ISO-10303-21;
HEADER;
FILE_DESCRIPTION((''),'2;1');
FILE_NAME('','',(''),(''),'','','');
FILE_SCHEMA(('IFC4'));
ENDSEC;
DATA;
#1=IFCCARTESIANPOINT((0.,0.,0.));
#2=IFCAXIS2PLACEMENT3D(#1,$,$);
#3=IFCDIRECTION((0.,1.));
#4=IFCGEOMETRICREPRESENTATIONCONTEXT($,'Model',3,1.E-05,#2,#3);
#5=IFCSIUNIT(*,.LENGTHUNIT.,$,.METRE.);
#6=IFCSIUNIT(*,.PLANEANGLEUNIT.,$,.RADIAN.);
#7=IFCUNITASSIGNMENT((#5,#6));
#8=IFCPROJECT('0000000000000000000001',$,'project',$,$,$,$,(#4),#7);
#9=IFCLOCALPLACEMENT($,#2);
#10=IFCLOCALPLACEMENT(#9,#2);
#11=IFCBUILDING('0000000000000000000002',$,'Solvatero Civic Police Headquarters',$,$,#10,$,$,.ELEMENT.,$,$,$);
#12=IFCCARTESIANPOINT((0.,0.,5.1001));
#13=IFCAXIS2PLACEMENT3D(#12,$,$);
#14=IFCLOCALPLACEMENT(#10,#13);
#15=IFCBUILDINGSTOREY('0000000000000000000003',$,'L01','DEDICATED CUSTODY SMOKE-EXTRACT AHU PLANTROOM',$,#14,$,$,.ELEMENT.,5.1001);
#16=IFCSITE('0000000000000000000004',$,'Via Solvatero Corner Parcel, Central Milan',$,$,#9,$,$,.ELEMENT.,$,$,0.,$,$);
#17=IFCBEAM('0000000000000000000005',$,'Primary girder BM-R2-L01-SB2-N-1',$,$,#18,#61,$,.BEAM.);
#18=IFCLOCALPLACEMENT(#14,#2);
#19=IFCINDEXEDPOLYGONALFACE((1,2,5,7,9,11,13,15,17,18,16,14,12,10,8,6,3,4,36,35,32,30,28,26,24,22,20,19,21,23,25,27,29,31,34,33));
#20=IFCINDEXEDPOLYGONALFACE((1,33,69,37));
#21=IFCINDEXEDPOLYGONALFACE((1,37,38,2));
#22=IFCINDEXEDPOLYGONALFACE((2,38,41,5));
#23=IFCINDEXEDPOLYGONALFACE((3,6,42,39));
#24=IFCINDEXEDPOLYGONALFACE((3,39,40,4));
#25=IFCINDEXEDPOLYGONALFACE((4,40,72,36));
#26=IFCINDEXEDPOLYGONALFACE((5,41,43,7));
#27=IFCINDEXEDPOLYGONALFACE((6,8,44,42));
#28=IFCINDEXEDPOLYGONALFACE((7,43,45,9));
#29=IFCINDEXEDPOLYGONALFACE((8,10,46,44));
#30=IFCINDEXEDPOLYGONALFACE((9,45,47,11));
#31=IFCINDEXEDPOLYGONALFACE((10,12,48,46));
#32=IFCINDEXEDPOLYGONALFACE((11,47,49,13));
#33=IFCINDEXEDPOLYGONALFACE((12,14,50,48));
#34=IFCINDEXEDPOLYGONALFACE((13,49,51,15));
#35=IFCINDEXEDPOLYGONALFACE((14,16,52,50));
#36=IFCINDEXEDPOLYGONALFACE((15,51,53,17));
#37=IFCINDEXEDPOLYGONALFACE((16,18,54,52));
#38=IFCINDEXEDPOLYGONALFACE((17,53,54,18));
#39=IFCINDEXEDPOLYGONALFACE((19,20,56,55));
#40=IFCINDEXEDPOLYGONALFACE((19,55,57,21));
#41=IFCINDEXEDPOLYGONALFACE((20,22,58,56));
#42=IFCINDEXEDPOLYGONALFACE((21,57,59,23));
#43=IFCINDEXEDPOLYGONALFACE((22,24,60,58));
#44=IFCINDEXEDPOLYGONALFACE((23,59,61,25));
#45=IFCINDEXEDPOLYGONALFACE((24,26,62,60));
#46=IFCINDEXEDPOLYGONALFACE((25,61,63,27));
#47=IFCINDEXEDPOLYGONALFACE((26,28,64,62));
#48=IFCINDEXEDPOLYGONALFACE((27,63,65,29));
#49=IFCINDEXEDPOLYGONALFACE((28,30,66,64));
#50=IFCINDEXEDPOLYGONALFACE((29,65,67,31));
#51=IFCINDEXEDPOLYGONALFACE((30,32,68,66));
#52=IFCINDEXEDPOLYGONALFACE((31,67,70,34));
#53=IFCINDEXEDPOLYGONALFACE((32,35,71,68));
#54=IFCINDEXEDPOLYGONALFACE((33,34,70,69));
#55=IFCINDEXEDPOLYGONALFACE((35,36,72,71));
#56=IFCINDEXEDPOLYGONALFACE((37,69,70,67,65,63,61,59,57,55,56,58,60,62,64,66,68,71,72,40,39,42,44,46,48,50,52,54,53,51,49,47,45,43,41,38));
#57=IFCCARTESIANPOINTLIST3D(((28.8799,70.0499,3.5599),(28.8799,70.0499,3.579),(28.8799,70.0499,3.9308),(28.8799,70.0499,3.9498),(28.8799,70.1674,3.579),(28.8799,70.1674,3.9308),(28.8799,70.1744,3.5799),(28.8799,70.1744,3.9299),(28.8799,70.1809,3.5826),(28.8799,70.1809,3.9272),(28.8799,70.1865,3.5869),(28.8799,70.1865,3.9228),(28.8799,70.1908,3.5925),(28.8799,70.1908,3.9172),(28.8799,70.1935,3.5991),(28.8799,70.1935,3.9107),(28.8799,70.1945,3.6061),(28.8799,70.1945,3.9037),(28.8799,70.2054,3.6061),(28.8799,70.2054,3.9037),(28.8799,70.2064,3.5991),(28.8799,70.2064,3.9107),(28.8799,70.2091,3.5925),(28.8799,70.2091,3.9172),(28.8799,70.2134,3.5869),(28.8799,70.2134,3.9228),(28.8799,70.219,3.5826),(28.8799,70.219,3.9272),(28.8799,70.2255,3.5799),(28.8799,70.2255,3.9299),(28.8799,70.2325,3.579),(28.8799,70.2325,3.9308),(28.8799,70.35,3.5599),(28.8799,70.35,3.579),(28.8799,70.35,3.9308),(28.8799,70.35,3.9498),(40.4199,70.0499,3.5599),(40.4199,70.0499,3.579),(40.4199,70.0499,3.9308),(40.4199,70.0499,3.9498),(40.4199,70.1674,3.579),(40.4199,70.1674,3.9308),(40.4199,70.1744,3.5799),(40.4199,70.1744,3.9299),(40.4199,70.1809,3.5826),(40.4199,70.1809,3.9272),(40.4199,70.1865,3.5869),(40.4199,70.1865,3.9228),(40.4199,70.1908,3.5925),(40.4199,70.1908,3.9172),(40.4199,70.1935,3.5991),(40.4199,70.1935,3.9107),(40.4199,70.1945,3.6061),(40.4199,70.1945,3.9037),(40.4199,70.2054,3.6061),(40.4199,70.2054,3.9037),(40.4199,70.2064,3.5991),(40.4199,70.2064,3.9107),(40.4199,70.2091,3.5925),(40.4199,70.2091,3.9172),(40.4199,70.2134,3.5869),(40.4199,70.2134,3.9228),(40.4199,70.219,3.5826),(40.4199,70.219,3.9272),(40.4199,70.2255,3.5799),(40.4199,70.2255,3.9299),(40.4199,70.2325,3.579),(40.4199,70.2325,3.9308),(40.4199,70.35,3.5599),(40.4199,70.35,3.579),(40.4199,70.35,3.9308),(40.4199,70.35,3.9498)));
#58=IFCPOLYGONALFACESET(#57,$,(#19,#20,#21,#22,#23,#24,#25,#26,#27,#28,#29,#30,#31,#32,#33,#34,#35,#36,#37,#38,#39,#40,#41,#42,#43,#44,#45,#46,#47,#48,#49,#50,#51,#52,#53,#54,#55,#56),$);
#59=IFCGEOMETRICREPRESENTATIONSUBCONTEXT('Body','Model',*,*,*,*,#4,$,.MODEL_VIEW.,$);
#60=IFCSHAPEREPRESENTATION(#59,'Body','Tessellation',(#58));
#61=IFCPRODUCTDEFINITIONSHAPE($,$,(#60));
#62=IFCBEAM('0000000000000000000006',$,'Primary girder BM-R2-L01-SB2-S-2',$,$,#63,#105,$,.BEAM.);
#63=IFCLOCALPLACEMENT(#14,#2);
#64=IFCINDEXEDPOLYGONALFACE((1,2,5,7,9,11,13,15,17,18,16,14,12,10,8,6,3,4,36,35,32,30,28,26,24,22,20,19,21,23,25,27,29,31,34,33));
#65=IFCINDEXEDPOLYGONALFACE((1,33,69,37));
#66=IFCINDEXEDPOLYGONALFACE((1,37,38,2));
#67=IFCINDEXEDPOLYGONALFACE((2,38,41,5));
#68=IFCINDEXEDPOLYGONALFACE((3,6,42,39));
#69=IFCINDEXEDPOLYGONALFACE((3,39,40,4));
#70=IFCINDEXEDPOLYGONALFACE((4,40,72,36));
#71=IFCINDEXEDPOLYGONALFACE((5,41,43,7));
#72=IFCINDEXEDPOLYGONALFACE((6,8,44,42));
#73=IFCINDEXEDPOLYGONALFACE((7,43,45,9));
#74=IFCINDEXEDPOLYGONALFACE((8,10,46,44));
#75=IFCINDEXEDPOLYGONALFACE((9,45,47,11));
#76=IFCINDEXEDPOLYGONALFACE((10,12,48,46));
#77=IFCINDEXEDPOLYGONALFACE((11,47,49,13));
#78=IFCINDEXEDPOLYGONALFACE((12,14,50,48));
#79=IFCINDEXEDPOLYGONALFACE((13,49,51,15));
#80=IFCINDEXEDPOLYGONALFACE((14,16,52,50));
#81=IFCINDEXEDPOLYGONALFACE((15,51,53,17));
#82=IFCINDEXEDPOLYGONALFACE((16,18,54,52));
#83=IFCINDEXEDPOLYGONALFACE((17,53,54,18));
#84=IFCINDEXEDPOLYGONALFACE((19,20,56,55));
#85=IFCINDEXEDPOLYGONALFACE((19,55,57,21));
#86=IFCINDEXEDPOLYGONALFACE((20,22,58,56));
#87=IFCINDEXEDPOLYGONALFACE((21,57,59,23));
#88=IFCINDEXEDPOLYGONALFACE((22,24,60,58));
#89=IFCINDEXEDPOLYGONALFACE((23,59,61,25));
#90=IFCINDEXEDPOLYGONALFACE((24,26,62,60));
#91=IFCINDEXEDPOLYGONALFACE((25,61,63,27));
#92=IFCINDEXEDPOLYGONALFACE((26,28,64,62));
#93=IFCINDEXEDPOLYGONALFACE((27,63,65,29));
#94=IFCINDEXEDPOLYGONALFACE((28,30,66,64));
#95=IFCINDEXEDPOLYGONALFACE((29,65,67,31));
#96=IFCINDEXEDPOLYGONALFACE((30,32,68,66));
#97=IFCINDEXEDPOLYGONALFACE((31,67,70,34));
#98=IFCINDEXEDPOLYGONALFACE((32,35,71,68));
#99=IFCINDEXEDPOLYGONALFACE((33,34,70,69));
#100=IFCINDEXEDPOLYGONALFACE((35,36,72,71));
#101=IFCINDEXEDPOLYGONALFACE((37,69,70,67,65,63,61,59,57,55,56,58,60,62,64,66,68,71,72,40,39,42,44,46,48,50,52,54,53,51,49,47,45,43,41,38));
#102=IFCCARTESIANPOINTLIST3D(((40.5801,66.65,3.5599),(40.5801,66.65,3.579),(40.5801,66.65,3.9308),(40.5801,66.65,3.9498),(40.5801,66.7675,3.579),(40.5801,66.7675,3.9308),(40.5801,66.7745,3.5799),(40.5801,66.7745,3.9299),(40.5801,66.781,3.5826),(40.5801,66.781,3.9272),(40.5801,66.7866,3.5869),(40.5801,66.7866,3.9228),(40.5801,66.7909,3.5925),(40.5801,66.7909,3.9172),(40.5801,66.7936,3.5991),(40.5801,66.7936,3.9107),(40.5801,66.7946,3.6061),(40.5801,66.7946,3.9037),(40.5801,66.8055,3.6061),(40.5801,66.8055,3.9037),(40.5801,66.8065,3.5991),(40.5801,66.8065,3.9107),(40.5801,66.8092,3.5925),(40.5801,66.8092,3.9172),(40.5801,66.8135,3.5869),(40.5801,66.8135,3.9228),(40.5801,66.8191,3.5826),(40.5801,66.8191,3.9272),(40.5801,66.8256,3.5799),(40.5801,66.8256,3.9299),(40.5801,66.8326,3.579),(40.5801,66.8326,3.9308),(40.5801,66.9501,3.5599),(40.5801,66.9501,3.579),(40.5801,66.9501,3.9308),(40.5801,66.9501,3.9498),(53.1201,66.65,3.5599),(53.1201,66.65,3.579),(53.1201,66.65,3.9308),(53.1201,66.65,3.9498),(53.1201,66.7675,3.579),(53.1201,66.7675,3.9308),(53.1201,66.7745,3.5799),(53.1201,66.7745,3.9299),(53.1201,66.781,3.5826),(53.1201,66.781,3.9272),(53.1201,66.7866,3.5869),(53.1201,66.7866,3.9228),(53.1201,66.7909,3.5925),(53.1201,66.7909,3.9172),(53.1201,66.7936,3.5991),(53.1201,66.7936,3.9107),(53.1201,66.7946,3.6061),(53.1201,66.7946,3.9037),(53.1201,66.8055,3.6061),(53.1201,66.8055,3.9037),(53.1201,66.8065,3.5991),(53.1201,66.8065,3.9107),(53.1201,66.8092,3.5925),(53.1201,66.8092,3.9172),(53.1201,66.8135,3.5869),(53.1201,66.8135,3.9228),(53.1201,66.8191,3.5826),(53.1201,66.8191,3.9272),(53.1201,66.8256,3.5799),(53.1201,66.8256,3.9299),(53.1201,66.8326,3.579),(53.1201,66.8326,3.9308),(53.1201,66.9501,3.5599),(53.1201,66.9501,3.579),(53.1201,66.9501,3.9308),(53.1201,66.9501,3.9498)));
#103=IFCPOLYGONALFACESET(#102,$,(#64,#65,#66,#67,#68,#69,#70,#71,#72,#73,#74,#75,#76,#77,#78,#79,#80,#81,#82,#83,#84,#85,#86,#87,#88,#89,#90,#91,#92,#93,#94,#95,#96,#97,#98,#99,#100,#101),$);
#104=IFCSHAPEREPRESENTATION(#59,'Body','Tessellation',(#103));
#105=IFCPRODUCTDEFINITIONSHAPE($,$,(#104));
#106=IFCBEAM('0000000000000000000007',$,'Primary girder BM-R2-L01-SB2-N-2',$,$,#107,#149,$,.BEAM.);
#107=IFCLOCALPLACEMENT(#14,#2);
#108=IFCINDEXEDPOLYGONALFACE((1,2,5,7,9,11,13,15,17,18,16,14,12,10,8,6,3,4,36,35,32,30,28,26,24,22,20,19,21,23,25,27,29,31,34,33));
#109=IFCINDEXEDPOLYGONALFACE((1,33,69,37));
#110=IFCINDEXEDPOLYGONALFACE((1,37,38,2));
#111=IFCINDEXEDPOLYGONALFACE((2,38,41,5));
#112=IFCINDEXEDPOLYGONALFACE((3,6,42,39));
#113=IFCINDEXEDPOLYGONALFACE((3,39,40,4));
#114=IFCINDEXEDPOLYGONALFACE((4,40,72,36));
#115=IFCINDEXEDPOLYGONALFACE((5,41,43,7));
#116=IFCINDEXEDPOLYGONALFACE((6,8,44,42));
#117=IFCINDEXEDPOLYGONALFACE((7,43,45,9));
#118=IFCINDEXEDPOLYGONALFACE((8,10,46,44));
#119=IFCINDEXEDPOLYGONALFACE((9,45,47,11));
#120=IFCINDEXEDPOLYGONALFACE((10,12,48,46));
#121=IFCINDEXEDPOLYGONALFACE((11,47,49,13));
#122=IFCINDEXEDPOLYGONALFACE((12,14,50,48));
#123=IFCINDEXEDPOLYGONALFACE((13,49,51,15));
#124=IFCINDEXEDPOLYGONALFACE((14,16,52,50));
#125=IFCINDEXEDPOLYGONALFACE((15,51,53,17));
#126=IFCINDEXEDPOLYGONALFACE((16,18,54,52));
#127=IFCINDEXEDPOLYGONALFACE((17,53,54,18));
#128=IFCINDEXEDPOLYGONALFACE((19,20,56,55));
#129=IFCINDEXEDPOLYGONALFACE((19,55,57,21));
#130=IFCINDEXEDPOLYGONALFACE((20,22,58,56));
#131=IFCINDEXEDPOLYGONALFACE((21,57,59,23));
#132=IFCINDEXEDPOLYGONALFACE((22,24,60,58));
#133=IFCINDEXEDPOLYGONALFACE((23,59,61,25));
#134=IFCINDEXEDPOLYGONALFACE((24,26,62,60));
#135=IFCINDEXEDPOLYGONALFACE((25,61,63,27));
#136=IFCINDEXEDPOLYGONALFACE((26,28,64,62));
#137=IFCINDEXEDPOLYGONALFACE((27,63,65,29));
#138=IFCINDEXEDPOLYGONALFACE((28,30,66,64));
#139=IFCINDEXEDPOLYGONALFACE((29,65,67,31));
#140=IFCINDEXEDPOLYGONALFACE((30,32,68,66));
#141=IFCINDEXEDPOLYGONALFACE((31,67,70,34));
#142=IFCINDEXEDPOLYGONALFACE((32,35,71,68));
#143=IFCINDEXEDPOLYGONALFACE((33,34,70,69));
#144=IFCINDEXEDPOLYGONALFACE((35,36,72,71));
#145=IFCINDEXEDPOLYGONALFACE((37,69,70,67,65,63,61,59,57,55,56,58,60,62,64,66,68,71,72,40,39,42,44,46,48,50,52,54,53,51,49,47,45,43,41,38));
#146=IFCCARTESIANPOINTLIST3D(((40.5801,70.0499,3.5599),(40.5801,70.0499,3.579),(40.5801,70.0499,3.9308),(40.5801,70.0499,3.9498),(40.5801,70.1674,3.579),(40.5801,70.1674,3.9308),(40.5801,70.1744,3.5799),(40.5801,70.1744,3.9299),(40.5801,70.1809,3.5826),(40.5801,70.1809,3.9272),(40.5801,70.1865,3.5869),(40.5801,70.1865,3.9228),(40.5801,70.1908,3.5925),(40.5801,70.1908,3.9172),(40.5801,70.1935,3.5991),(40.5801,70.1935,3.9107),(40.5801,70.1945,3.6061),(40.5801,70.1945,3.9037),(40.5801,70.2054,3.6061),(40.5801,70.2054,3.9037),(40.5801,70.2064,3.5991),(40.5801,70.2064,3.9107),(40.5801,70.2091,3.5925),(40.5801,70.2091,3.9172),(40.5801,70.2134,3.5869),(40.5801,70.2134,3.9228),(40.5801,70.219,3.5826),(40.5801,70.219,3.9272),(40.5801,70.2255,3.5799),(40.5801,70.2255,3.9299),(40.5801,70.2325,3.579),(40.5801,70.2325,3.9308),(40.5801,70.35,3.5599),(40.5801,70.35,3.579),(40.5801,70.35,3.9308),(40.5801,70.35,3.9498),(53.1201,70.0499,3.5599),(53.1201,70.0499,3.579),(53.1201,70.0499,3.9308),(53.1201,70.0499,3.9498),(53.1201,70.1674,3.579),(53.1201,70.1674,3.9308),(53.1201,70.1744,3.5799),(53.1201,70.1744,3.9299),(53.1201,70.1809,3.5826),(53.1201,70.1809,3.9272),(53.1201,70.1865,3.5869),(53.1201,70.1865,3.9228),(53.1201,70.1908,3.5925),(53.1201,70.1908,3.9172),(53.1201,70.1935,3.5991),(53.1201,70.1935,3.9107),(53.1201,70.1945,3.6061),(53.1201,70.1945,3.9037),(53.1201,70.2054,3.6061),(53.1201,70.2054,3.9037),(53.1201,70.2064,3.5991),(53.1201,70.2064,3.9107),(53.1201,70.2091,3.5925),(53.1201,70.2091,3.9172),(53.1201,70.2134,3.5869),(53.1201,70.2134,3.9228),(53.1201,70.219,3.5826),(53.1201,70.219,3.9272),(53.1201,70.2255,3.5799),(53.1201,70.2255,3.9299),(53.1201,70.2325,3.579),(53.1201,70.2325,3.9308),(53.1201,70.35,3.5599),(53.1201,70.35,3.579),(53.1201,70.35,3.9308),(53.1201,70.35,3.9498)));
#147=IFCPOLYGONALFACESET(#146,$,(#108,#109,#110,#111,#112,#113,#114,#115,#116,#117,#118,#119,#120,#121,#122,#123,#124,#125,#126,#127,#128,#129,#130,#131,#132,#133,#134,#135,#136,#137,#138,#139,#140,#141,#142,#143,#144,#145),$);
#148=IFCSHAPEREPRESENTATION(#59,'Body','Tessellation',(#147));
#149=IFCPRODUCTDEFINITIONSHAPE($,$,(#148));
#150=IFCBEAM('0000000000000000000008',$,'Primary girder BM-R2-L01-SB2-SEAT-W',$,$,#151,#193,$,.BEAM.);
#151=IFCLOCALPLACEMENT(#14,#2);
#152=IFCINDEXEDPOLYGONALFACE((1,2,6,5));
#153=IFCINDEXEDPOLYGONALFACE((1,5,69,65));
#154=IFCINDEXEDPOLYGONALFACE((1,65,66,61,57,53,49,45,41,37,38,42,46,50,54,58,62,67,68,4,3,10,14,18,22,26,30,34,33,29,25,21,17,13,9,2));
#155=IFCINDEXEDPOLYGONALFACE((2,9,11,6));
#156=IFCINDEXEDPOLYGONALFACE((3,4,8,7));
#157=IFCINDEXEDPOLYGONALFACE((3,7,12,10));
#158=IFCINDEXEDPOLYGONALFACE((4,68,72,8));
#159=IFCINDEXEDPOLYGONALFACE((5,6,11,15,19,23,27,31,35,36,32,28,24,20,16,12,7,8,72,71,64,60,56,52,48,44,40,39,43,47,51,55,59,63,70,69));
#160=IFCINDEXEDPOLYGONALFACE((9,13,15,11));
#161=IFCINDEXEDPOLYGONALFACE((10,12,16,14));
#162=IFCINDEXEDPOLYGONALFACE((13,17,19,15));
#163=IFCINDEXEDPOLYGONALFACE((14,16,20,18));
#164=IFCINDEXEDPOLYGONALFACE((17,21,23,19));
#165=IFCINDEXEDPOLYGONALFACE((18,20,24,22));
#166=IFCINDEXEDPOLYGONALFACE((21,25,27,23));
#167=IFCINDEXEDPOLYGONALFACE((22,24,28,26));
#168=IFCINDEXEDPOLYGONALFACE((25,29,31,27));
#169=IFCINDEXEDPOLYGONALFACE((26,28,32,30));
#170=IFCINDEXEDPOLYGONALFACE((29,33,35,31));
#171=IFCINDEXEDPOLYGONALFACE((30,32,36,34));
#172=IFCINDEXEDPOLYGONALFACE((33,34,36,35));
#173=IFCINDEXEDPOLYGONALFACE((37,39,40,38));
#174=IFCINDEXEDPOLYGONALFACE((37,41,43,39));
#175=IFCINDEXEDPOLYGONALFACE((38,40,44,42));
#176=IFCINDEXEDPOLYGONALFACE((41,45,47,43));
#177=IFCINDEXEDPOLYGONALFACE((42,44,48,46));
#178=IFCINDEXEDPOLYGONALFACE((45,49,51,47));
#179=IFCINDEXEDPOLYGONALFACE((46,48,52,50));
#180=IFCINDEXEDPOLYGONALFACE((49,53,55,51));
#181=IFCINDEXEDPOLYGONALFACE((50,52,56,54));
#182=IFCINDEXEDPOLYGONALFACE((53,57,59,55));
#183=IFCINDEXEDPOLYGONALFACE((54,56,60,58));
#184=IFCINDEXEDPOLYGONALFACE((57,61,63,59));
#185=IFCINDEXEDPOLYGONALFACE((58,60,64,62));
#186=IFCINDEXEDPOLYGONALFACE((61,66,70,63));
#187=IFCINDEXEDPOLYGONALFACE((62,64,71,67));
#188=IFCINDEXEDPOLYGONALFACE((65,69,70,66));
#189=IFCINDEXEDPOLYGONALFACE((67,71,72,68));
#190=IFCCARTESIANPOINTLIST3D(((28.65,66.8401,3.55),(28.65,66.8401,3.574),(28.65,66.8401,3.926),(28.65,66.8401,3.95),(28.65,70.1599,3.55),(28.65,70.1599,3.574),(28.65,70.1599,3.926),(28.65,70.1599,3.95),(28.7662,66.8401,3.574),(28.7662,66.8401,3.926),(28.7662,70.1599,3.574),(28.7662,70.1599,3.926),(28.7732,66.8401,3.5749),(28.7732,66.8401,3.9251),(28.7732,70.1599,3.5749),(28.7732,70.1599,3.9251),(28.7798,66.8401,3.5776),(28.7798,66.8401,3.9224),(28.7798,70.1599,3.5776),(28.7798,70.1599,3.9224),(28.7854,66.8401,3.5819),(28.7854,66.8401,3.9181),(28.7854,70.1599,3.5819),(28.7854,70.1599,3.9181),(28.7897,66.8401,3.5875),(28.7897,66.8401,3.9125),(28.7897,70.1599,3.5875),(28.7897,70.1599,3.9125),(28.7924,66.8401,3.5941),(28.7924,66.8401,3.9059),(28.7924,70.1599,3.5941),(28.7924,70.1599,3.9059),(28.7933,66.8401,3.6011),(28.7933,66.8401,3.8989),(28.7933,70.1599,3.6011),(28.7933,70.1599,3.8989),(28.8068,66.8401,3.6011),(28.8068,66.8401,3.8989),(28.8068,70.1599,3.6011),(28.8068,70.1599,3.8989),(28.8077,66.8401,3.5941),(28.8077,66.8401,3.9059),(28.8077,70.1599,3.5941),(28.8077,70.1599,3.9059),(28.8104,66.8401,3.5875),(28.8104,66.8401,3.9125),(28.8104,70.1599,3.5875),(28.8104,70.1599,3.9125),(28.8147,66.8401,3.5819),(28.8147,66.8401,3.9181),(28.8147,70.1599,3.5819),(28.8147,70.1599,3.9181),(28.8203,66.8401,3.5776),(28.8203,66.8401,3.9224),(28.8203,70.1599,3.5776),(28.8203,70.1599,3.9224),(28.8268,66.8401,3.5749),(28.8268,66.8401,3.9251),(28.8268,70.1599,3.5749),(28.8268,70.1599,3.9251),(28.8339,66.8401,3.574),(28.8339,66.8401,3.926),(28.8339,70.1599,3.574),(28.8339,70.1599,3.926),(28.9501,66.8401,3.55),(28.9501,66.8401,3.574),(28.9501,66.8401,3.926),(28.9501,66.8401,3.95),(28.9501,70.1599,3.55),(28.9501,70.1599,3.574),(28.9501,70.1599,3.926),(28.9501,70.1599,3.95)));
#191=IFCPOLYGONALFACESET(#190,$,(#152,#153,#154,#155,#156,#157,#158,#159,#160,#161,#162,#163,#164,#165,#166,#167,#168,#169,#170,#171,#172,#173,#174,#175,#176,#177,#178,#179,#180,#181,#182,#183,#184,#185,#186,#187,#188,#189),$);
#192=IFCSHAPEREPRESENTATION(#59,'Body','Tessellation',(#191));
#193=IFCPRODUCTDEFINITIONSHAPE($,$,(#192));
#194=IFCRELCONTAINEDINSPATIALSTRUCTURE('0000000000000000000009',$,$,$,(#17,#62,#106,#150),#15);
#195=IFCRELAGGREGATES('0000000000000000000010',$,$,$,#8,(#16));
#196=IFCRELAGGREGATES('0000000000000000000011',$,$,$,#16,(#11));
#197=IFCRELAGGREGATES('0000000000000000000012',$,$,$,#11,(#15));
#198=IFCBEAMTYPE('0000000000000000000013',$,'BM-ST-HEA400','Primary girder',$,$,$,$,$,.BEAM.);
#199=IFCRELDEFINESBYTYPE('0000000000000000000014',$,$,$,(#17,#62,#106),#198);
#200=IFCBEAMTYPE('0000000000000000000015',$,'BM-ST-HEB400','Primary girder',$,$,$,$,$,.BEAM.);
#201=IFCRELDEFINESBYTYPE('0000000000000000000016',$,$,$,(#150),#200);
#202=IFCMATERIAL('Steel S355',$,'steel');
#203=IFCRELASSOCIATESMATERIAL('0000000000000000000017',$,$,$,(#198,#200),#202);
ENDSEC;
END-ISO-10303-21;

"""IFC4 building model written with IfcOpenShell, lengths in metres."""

from ifc_helpers import new_model, si_unit, direction, frame, origin, origin_2d, place, context, subcontext, project, spatial, i_section, extrude, material, material_profile, profile_set, type_object, element, save


model = new_model("IFC4")

# Units and contexts
model_context = context("Model", 3, precision=1e-05, world=origin(), true_north=direction((0.0, 1.0)))
body_context = subcontext(model_context, "Body", "Model", "MODEL_VIEW")
ifc_project = project(units=[si_unit("LENGTHUNIT", "METRE"), si_unit("PLANEANGLEUNIT", "RADIAN")], contexts=[model_context])

# Site, building, storey
site_placement = place(None, origin())
site = spatial("IfcSite", under=ifc_project, at=site_placement, Name="Via Solvatero Corner Parcel, Central Milan", CompositionType="ELEMENT", RefElevation=0.0)
building_placement = place(site_placement, origin())
building = spatial("IfcBuilding", under=site, at=building_placement, Name="Solvatero Civic Police Headquarters", CompositionType="ELEMENT")
storey_placement = place(building_placement, frame((0.0, 0.0, 5.1001)))
storey = spatial("IfcBuildingStorey", under=building, at=storey_placement, Name="L01", Description="DEDICATED CUSTODY SMOKE-EXTRACT AHU PLANTROOM", CompositionType="ELEMENT", Elevation=5.1001)

# Shared definitions
ifc_material_1 = material(Name="Steel S355", Category="steel")

# Beams
ifc_material_profile_1 = material_profile(ifc_material_1, i_section(OverallWidth=0.3, OverallDepth=0.3899, WebThickness=0.011, FlangeThickness=0.019, FilletRadius=0.0271, at=origin_2d()), Name="HEA 400")
ifc_profile_set_1 = profile_set([ifc_material_profile_1], Name="Steel S355")
beam_type_1 = type_object("IfcBeamType", Name="BM-ST-HEA400", Description="Primary girder", PredefinedType="BEAM", material=ifc_profile_set_1)
for number, where, z_axis, x_axis, name in (
    (1, (28.8799, 70.2, 3.7549), (1.0, 0.0, 0.0), (0.0, 1.0, 0.0), "Primary girder BM-R2-L01-SB2-N-1"),
):
    element("IfcBeam", number, at=place(storey_placement, frame(where, z_axis=z_axis, x_axis=x_axis)), inside=storey, type_object=beam_type_1, Name=name, PredefinedType="BEAM", context=body_context, shape_type="SweptSolid", body=[
        extrude(i_section(OverallWidth=0.3, OverallDepth=0.3899, WebThickness=0.011, FlangeThickness=0.019, FilletRadius=0.0271, at=origin_2d()), origin(), (0.0, 0.0, 1.0), 11.54),
    ])
for number, where, z_axis, x_axis, name in (
    (2, (40.5801, 66.8, 3.7549), (1.0, 0.0, 0.0), (0.0, 1.0, 0.0), "Primary girder BM-R2-L01-SB2-S-2"),
    (3, (40.5801, 70.2, 3.7549), (1.0, 0.0, 0.0), (0.0, 1.0, 0.0), "Primary girder BM-R2-L01-SB2-N-2"),
):
    element("IfcBeam", number, at=place(storey_placement, frame(where, z_axis=z_axis, x_axis=x_axis)), inside=storey, type_object=beam_type_1, Name=name, PredefinedType="BEAM", context=body_context, shape_type="SweptSolid", body=[
        extrude(i_section(OverallWidth=0.3, OverallDepth=0.3899, WebThickness=0.011, FlangeThickness=0.019, FilletRadius=0.0271, at=origin_2d()), origin(), (0.0, 0.0, 1.0), 12.54),
    ])
ifc_material_profile_2 = material_profile(ifc_material_1, i_section(OverallWidth=0.3, OverallDepth=0.3999, WebThickness=0.0134, FlangeThickness=0.0239, FilletRadius=0.0271, at=origin_2d()), Name="HEB 400")
ifc_profile_set_2 = profile_set([ifc_material_profile_2], Name="Steel S355")
beam_type_2 = type_object("IfcBeamType", Name="BM-ST-HEB400", Description="Primary girder", PredefinedType="BEAM", material=ifc_profile_set_2)
beam_1_placement = place(storey_placement, frame((28.8, 66.8401, 3.75), z_axis=(0.0, 1.0, 0.0), x_axis=(-1.0, 0.0, 0.0)))
element("IfcBeam", 4, at=beam_1_placement, inside=storey, type_object=beam_type_2, Name="Primary girder BM-R2-L01-SB2-SEAT-W", PredefinedType="BEAM", context=body_context, shape_type="SweptSolid", body=[
    extrude(i_section(OverallWidth=0.3, OverallDepth=0.3999, WebThickness=0.0134, FlangeThickness=0.0239, FilletRadius=0.0271, at=origin_2d()), origin(), (0.0, 0.0, 1.0), 3.3198),
])

save(model, "model.ifc")
